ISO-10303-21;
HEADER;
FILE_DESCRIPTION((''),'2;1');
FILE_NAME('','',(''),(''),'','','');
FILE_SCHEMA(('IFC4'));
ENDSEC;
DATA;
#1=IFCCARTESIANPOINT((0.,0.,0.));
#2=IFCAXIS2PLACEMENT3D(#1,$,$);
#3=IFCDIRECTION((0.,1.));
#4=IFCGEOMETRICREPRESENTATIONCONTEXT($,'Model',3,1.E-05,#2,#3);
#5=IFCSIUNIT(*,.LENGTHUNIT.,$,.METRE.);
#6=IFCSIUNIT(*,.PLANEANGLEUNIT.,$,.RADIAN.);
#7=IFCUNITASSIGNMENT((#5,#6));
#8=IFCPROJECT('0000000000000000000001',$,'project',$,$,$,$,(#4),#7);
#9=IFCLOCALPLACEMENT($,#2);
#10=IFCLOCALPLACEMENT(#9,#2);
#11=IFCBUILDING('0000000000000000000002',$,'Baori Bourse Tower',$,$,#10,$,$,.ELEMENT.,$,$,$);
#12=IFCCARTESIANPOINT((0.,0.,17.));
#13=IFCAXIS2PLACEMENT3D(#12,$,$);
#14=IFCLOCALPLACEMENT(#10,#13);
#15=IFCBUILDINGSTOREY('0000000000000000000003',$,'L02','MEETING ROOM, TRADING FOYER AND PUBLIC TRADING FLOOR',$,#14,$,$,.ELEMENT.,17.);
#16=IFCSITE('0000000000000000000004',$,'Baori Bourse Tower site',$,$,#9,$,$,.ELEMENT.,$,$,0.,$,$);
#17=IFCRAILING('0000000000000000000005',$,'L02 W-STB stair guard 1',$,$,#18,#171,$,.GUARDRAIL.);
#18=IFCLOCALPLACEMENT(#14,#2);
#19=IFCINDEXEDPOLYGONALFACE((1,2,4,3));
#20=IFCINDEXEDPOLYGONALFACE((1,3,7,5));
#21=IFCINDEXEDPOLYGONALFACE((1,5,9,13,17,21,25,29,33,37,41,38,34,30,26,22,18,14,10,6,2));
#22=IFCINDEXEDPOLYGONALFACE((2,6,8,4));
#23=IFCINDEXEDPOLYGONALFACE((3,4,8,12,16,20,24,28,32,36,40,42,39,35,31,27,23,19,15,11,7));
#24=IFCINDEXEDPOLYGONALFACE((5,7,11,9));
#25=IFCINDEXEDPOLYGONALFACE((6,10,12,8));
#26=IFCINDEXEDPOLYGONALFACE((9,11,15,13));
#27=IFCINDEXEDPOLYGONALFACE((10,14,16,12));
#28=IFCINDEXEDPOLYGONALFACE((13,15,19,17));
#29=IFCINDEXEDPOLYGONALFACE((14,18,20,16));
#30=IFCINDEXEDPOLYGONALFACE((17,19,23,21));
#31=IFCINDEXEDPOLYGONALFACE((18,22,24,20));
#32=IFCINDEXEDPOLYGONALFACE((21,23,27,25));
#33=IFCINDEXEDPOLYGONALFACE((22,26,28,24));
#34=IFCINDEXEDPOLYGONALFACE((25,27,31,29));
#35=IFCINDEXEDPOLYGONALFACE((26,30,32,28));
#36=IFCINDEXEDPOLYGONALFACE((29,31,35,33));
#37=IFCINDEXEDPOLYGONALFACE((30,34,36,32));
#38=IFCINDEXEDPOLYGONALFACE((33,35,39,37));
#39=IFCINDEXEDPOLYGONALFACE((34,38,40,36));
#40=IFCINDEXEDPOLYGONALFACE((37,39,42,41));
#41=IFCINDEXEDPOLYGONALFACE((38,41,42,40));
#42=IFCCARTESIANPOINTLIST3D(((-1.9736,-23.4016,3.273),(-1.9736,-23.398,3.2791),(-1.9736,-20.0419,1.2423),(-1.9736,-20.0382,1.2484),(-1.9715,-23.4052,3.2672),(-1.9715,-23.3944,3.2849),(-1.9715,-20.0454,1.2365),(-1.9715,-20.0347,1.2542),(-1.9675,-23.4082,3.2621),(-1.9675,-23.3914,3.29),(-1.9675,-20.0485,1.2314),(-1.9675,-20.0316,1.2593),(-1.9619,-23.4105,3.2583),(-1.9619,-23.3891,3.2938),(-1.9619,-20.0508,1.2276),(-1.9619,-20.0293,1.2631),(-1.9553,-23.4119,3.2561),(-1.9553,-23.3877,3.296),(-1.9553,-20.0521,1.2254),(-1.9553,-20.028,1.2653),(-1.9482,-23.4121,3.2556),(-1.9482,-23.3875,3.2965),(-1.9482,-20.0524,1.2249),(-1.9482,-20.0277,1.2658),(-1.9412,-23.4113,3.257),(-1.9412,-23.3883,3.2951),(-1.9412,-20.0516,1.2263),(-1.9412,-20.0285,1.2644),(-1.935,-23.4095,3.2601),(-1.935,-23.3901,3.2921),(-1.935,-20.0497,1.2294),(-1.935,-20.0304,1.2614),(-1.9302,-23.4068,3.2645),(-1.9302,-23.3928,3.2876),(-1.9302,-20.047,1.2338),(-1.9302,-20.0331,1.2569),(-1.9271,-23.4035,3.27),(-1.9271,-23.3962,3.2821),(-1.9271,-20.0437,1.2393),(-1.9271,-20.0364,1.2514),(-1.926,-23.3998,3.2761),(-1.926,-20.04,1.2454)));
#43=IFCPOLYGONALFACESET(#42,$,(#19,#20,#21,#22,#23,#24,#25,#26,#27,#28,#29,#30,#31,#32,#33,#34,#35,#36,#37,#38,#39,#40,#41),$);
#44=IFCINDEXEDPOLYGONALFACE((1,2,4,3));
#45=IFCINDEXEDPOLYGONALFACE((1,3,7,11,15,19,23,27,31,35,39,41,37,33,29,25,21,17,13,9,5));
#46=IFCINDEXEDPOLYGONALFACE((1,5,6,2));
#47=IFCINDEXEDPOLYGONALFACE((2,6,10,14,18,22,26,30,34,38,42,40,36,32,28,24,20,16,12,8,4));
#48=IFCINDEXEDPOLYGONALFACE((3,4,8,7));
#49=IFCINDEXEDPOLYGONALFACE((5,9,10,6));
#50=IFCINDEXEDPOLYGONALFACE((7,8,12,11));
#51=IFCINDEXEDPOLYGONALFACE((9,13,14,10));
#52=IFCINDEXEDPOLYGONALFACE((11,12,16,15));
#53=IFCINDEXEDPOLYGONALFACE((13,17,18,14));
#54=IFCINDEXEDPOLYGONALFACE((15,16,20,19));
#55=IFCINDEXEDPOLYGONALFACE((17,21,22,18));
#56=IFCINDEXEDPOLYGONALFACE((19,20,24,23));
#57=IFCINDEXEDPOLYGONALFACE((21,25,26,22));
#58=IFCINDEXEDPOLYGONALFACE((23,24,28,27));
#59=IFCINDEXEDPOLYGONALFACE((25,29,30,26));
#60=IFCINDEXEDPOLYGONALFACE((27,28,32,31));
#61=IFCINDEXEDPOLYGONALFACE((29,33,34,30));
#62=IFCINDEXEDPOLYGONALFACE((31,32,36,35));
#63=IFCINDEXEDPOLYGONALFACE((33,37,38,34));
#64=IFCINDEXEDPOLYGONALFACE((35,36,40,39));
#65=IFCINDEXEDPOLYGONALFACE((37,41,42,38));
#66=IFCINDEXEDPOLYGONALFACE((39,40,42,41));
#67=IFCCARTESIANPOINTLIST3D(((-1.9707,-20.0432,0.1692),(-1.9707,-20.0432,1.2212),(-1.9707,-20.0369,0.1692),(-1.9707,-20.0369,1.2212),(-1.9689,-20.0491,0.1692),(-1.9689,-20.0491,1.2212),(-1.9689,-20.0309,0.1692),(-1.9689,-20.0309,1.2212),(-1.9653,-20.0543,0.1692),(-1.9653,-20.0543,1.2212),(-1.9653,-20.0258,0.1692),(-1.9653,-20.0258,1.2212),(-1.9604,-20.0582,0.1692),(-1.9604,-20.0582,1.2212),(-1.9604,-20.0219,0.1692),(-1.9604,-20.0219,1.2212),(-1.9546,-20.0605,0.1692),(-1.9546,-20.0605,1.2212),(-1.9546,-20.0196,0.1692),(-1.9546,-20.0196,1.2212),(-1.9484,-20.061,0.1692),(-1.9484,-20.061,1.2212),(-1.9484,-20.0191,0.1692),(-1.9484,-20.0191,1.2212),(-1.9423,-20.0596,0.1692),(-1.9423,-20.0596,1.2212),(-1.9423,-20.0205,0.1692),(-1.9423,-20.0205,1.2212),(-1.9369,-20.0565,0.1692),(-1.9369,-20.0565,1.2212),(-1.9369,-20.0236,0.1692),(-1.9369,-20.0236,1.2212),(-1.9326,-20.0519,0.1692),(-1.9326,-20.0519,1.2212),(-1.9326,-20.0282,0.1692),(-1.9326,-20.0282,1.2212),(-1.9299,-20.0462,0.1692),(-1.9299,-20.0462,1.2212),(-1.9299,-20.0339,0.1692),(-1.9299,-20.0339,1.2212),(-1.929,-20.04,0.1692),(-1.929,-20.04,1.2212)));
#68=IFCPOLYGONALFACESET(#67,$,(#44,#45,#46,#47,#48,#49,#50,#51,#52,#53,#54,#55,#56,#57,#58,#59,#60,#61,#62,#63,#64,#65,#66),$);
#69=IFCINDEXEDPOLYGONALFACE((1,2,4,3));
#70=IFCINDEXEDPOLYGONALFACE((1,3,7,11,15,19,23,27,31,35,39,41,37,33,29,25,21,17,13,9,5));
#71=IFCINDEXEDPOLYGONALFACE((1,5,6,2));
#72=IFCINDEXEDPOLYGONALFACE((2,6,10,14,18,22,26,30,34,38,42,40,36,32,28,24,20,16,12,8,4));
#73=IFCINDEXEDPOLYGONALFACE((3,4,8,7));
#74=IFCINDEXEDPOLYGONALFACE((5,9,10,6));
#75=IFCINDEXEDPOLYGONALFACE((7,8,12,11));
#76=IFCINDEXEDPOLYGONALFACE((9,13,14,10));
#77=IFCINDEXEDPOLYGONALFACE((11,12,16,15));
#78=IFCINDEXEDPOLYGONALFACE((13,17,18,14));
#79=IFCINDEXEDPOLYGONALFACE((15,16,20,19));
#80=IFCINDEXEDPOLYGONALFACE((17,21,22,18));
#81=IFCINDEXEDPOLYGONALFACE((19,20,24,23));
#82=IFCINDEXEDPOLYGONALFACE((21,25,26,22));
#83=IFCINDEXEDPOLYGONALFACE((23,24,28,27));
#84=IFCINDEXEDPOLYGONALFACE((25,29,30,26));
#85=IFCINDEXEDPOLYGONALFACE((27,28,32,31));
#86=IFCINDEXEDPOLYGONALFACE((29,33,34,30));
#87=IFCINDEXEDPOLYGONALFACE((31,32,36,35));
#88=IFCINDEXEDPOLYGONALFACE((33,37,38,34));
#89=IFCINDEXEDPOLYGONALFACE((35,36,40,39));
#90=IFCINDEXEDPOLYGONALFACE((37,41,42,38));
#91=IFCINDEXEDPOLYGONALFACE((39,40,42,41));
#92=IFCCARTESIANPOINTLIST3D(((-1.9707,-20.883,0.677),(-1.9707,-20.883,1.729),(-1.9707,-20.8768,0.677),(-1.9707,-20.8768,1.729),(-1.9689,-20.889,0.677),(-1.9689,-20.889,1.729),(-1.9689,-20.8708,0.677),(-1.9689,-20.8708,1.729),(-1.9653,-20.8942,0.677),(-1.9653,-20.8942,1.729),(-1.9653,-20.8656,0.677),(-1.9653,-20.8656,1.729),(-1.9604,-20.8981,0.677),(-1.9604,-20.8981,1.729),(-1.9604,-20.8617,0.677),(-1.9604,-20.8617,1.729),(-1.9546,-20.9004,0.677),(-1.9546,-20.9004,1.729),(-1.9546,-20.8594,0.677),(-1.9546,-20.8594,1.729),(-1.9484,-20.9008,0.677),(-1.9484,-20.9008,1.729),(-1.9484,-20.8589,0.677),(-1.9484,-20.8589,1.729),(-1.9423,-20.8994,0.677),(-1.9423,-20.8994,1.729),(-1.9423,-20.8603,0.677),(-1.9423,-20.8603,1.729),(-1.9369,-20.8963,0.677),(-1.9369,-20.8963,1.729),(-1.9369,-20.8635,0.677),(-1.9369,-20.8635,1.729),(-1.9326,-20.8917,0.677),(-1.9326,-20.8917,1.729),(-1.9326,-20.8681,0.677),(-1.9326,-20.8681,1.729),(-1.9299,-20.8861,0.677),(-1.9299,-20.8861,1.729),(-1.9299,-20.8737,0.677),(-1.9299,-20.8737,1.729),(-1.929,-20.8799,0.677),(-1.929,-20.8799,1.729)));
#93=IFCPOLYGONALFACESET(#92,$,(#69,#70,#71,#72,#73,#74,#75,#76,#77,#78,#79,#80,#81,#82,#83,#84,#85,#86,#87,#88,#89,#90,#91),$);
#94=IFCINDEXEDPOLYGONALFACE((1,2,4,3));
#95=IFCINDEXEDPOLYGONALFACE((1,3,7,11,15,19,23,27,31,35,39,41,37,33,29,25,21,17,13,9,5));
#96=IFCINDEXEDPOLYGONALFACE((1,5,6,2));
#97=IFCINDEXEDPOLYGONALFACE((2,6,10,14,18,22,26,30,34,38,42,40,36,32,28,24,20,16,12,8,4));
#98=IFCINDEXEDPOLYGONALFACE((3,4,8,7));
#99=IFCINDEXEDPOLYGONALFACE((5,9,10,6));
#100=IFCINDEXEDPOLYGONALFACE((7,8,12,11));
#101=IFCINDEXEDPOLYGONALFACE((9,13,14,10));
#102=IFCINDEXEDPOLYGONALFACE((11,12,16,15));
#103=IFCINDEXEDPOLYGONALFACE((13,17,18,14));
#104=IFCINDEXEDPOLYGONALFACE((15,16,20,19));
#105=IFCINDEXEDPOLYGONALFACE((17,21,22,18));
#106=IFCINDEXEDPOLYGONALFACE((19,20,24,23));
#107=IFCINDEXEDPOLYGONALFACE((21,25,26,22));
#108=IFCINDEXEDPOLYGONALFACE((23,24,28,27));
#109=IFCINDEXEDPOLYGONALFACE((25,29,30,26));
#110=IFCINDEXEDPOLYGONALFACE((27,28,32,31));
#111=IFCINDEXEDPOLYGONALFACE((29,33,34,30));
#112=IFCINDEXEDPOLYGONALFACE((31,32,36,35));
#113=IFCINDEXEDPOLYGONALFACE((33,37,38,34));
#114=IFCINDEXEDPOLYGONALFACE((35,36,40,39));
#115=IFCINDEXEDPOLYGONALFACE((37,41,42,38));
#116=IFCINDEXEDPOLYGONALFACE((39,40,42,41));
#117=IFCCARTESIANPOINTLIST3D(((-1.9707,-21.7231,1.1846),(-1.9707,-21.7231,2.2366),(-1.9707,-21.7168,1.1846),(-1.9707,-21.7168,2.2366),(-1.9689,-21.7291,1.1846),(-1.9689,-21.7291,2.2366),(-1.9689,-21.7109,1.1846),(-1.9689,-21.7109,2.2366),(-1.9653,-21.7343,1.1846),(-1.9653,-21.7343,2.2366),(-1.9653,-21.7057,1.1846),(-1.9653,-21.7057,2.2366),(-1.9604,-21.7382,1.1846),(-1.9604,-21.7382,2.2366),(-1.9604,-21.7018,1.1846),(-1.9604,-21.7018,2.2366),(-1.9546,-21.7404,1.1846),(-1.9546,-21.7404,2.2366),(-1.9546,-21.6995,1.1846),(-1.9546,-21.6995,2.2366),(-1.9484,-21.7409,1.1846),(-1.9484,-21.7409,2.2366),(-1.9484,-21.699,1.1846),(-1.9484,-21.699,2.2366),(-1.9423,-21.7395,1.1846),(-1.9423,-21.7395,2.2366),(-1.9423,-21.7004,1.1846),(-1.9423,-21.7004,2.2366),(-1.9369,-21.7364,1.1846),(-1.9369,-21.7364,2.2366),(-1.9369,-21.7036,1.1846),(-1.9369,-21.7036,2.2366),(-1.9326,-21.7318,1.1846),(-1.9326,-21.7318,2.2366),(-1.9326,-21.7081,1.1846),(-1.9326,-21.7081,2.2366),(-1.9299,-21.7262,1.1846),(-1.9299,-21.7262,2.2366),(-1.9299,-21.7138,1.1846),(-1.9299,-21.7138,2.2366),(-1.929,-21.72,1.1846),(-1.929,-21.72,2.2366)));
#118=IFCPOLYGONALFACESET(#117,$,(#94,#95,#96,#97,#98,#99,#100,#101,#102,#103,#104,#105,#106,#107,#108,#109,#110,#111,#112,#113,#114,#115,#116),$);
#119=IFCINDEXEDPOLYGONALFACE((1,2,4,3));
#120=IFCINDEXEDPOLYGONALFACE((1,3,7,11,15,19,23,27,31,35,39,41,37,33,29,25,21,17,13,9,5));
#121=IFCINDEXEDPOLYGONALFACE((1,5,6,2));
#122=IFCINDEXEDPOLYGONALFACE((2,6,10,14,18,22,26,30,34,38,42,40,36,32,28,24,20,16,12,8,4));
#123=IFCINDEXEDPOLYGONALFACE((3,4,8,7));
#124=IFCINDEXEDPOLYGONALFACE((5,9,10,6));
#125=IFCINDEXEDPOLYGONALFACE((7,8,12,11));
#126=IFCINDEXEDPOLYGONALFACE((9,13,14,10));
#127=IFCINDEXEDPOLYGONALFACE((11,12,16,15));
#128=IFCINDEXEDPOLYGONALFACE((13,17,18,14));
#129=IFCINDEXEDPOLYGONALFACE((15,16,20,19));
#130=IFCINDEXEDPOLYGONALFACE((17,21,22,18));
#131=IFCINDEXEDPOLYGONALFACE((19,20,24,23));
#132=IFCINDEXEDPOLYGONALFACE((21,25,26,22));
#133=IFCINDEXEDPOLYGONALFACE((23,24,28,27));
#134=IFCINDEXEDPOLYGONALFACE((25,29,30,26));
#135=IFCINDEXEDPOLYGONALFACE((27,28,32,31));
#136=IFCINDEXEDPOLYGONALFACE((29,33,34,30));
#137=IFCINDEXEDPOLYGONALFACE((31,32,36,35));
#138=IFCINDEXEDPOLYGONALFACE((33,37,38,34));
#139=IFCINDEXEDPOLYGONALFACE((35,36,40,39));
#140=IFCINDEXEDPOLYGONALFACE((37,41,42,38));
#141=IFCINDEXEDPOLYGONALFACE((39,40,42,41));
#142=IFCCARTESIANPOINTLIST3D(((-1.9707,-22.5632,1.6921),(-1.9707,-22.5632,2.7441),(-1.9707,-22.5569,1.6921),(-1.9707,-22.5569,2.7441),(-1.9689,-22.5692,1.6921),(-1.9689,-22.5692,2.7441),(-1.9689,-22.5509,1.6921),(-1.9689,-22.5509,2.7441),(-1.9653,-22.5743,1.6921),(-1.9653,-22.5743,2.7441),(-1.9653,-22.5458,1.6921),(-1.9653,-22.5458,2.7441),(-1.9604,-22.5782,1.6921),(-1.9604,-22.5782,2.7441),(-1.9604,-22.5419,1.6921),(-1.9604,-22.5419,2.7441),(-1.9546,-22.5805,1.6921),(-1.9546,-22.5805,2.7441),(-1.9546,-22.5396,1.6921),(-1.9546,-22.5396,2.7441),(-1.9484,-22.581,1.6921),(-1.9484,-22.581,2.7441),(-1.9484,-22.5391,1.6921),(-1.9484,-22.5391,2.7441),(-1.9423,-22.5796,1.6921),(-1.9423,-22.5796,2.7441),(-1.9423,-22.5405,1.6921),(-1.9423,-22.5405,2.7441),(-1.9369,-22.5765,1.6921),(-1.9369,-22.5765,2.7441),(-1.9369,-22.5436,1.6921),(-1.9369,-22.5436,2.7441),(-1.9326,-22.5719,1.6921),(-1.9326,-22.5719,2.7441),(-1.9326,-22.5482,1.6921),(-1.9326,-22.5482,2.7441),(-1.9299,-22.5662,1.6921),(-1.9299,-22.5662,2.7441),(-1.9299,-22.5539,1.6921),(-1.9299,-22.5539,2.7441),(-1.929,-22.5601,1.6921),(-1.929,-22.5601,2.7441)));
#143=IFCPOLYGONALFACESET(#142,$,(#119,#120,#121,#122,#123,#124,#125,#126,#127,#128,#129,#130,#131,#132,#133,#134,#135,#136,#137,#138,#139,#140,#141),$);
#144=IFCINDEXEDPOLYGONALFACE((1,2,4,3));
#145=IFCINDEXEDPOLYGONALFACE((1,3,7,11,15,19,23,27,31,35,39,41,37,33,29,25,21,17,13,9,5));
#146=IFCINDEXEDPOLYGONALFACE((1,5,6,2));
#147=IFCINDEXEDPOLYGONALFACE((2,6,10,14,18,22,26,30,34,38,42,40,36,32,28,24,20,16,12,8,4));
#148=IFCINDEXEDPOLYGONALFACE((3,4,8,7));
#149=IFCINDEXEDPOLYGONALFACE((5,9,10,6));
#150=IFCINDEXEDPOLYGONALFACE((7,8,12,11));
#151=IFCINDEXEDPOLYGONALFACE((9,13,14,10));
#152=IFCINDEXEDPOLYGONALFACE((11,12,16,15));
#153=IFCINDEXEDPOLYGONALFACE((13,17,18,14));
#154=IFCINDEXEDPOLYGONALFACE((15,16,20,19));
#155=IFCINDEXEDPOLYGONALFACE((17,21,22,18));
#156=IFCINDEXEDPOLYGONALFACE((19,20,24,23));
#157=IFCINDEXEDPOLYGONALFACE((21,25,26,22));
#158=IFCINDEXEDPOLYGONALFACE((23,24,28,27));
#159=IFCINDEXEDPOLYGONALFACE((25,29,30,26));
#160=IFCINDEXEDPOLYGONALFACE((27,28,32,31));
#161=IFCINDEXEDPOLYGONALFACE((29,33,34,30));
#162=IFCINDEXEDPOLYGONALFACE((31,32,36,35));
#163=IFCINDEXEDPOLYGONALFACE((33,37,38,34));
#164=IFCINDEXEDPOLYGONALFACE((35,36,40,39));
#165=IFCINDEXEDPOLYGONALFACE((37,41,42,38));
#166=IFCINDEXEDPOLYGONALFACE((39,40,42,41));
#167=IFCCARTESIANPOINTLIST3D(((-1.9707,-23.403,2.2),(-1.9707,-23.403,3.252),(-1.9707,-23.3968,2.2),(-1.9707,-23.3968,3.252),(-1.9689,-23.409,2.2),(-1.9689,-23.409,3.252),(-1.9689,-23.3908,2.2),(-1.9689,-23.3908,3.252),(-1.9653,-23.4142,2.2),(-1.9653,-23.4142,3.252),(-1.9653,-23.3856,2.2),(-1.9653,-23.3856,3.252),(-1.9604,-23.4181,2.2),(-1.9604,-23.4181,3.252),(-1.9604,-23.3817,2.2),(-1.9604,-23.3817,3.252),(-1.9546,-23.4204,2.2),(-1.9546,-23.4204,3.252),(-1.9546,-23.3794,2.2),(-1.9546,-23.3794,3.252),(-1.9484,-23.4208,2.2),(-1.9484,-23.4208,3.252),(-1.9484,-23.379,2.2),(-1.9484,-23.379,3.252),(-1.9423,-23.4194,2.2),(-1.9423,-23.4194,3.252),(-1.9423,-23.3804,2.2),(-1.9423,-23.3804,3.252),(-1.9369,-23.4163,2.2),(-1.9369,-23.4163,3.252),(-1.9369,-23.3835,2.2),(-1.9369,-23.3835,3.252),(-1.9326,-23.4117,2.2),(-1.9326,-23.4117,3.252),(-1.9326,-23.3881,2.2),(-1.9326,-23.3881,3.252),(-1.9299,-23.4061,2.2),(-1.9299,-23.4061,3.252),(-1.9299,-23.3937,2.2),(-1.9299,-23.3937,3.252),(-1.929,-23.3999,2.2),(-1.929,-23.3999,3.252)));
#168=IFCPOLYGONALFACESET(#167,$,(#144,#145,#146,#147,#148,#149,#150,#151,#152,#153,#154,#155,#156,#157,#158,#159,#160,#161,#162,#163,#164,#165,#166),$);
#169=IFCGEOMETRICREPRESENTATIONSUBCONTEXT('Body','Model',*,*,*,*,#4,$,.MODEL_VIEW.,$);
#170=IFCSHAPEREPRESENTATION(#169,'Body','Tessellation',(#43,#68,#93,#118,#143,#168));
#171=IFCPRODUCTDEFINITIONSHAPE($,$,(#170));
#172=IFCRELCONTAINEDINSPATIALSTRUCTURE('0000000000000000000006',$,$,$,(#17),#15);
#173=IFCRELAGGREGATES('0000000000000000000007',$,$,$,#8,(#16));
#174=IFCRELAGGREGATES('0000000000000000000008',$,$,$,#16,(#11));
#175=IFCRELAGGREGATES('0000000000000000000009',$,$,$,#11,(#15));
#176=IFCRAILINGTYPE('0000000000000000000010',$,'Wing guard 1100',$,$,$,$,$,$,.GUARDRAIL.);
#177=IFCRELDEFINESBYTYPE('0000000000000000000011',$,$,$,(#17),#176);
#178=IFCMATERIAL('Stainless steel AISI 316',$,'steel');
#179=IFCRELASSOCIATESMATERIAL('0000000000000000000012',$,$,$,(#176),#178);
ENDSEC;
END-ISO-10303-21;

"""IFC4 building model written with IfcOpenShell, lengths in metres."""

from ifc_helpers import new_model, si_unit, direction, frame, origin, origin_2d, place, context, subcontext, project, spatial, circle, extrude, material, type_object, element, save


model = new_model("IFC4")

# Units and contexts
model_context = context("Model", 3, precision=1e-05, world=origin(), true_north=direction((0.0, 1.0)))
body_context = subcontext(model_context, "Body", "Model", "MODEL_VIEW")
ifc_project = project(units=[si_unit("LENGTHUNIT", "METRE"), si_unit("PLANEANGLEUNIT", "RADIAN")], contexts=[model_context])

# Site, building, storey
site_placement = place(None, origin())
site = spatial("IfcSite", under=ifc_project, at=site_placement, Name="Baori Bourse Tower site", CompositionType="ELEMENT", RefElevation=0.0)
building_placement = place(site_placement, origin())
building = spatial("IfcBuilding", under=site, at=building_placement, Name="Baori Bourse Tower", CompositionType="ELEMENT")
storey_placement = place(building_placement, frame((0.0, 0.0, 17.0)))
storey = spatial("IfcBuildingStorey", under=building, at=storey_placement, Name="L02", Description="MEETING ROOM, TRADING FOYER AND PUBLIC TRADING FLOOR", CompositionType="ELEMENT", Elevation=17.0)

# Railing
ifc_material_1 = material(Name="Stainless steel AISI 316", Category="steel")
railing_type_1 = type_object("IfcRailingType", Name="Wing guard 1100", PredefinedType="GUARDRAIL", material=ifc_material_1)
railing_1_placement = place(storey_placement, frame((-1.95, -20.04, 0.1692)))
element("IfcRailing", 1, at=railing_1_placement, inside=storey, type_object=railing_type_1, Name="L02 W-STB stair guard 1", PredefinedType="GUARDRAIL", context=body_context, shape_type="SweptSolid", body=[
    extrude(circle(Radius=0.0239, at=origin_2d()), frame((0.0, 0.0, 1.0762), z_axis=(0.0, -0.85582, 0.517273), x_axis=(1.0, 0.0, 0.0)), (0.0, 0.0, 1.0), 3.9258),
    extrude(circle(Radius=0.021, at=origin_2d()), origin(), (0.0, 0.0, 1.0), 1.052),
    extrude(circle(Radius=0.021, at=origin_2d()), frame((0.0, -0.8398, 0.5078)), (0.0, 0.0, 1.0), 1.052),
    extrude(circle(Radius=0.021, at=origin_2d()), frame((0.0, -1.6799, 1.0154)), (0.0, 0.0, 1.0), 1.052),
    extrude(circle(Radius=0.021, at=origin_2d()), frame((0.0, -2.52, 1.5229)), (0.0, 0.0, 1.0), 1.052),
    extrude(circle(Radius=0.021, at=origin_2d()), frame((0.0, -3.3599, 2.0308)), (0.0, 0.0, 1.0), 1.052),
])

save(model, "model.ifc")
